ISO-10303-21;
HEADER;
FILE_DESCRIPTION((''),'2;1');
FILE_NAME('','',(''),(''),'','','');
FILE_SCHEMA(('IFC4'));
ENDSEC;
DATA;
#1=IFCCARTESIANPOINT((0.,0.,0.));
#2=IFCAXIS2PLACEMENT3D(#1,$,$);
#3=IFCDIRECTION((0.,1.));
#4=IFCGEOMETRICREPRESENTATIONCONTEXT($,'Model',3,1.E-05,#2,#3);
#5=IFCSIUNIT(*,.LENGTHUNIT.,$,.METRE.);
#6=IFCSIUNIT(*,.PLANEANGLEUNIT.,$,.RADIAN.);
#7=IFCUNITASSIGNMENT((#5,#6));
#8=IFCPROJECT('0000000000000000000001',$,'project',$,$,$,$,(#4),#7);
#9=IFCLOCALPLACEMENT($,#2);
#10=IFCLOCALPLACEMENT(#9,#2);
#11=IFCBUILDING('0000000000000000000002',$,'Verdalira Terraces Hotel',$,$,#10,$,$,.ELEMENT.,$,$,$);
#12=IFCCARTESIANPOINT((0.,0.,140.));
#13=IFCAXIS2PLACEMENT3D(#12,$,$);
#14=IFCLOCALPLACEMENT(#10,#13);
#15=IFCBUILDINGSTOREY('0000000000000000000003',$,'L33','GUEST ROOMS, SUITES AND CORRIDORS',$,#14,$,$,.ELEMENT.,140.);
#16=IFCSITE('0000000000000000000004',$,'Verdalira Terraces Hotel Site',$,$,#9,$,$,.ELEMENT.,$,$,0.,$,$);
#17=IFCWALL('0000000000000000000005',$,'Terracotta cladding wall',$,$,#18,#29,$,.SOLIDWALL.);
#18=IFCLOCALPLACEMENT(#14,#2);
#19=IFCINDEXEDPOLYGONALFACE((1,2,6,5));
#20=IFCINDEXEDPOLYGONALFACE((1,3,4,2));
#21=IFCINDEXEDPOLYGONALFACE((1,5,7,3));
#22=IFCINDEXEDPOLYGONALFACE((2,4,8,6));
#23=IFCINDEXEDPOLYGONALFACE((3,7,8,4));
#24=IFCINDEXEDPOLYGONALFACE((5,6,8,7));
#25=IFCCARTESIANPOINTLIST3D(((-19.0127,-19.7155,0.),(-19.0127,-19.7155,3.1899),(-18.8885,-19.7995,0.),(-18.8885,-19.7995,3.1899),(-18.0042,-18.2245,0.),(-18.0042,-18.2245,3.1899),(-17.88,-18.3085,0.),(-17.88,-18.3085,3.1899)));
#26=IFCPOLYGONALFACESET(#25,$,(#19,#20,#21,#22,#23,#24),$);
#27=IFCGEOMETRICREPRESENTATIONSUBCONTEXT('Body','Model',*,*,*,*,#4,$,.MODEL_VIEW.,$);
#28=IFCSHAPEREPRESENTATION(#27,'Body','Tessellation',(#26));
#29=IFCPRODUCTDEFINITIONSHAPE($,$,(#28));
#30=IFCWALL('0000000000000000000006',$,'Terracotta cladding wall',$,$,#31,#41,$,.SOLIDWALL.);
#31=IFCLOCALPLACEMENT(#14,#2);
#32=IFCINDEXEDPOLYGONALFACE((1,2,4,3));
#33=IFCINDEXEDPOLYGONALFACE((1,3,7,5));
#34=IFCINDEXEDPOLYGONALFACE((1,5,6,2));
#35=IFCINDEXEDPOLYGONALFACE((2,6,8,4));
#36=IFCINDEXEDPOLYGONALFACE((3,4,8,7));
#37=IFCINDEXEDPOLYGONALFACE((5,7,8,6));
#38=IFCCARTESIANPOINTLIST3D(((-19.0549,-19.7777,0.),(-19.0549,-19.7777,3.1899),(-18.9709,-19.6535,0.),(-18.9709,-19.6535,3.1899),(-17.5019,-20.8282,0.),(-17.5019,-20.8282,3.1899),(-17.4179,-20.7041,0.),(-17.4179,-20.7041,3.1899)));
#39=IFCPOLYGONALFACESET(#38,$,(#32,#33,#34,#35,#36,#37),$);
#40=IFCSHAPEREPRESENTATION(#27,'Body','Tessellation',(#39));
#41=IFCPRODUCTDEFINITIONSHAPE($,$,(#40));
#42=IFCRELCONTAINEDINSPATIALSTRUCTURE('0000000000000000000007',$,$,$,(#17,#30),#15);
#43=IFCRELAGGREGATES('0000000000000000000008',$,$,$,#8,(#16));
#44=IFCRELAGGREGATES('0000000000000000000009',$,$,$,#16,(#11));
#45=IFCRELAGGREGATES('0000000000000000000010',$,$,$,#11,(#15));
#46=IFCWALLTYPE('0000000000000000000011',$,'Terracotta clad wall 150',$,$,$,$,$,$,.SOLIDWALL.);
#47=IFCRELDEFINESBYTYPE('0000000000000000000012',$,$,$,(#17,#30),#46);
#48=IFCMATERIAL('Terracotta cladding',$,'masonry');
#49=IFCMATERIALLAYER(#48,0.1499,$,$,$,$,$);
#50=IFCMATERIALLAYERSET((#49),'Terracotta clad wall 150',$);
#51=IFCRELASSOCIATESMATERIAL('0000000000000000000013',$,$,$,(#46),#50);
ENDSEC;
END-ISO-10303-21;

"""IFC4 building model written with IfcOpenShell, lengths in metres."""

from ifc_helpers import new_model, si_unit, direction, frame, frame_2d, origin, place, context, subcontext, project, spatial, rectangle, extrude, material, layer, layer_set, type_object, element, save


model = new_model("IFC4")

# Units and contexts
model_context = context("Model", 3, precision=1e-05, world=origin(), true_north=direction((0.0, 1.0)))
body_context = subcontext(model_context, "Body", "Model", "MODEL_VIEW")
ifc_project = project(units=[si_unit("LENGTHUNIT", "METRE"), si_unit("PLANEANGLEUNIT", "RADIAN")], contexts=[model_context])

# Site, building, storey
site_placement = place(None, origin())
site = spatial("IfcSite", under=ifc_project, at=site_placement, Name="Verdalira Terraces Hotel Site", CompositionType="ELEMENT", RefElevation=0.0)
building_placement = place(site_placement, origin())
building = spatial("IfcBuilding", under=site, at=building_placement, Name="Verdalira Terraces Hotel", CompositionType="ELEMENT")
storey_placement = place(building_placement, frame((0.0, 0.0, 140.0)))
storey = spatial("IfcBuildingStorey", under=building, at=storey_placement, Name="L33", Description="GUEST ROOMS, SUITES AND CORRIDORS", CompositionType="ELEMENT", Elevation=140.0)

# Walls
ifc_material_1 = material(Name="Terracotta cladding", Category="masonry")
ifc_layer_1 = layer(ifc_material_1, 0.1499)
ifc_layer_set_1 = layer_set([ifc_layer_1], Name="Terracotta clad wall 150")
wall_type_1 = type_object("IfcWallType", Name="Terracotta clad wall 150", PredefinedType="SOLIDWALL", material=ifc_layer_set_1)
wall_1_placement = place(storey_placement, frame((-17.9421, -18.2666, 0.0), z_axis=(0.0, 0.0, 1.0), x_axis=(-0.56029, -0.828296, 0.0)))
element("IfcWall", 1, at=wall_1_placement, inside=storey, type_object=wall_type_1, Name="Terracotta cladding wall", PredefinedType="SOLIDWALL", context=body_context, shape_type="SweptSolid", body=[
    extrude(rectangle(XDim=1.8, YDim=0.1499, at=frame_2d((0.8999, 0.0))), origin(), (0.0, 0.0, 1.0), 3.1899),
])
wall_2_placement = place(storey_placement, frame((-19.0129, -19.7156, 0.0), z_axis=(0.0, 0.0, 1.0), x_axis=(0.828285, -0.560307, 0.0)))
element("IfcWall", 2, at=wall_2_placement, inside=storey, type_object=wall_type_1, Name="Terracotta cladding wall", PredefinedType="SOLIDWALL", context=body_context, shape_type="SweptSolid", body=[
    extrude(rectangle(XDim=1.875, YDim=0.1499, at=frame_2d((0.9375, 0.0))), origin(), (0.0, 0.0, 1.0), 3.1899),
])

save(model, "model.ifc")
